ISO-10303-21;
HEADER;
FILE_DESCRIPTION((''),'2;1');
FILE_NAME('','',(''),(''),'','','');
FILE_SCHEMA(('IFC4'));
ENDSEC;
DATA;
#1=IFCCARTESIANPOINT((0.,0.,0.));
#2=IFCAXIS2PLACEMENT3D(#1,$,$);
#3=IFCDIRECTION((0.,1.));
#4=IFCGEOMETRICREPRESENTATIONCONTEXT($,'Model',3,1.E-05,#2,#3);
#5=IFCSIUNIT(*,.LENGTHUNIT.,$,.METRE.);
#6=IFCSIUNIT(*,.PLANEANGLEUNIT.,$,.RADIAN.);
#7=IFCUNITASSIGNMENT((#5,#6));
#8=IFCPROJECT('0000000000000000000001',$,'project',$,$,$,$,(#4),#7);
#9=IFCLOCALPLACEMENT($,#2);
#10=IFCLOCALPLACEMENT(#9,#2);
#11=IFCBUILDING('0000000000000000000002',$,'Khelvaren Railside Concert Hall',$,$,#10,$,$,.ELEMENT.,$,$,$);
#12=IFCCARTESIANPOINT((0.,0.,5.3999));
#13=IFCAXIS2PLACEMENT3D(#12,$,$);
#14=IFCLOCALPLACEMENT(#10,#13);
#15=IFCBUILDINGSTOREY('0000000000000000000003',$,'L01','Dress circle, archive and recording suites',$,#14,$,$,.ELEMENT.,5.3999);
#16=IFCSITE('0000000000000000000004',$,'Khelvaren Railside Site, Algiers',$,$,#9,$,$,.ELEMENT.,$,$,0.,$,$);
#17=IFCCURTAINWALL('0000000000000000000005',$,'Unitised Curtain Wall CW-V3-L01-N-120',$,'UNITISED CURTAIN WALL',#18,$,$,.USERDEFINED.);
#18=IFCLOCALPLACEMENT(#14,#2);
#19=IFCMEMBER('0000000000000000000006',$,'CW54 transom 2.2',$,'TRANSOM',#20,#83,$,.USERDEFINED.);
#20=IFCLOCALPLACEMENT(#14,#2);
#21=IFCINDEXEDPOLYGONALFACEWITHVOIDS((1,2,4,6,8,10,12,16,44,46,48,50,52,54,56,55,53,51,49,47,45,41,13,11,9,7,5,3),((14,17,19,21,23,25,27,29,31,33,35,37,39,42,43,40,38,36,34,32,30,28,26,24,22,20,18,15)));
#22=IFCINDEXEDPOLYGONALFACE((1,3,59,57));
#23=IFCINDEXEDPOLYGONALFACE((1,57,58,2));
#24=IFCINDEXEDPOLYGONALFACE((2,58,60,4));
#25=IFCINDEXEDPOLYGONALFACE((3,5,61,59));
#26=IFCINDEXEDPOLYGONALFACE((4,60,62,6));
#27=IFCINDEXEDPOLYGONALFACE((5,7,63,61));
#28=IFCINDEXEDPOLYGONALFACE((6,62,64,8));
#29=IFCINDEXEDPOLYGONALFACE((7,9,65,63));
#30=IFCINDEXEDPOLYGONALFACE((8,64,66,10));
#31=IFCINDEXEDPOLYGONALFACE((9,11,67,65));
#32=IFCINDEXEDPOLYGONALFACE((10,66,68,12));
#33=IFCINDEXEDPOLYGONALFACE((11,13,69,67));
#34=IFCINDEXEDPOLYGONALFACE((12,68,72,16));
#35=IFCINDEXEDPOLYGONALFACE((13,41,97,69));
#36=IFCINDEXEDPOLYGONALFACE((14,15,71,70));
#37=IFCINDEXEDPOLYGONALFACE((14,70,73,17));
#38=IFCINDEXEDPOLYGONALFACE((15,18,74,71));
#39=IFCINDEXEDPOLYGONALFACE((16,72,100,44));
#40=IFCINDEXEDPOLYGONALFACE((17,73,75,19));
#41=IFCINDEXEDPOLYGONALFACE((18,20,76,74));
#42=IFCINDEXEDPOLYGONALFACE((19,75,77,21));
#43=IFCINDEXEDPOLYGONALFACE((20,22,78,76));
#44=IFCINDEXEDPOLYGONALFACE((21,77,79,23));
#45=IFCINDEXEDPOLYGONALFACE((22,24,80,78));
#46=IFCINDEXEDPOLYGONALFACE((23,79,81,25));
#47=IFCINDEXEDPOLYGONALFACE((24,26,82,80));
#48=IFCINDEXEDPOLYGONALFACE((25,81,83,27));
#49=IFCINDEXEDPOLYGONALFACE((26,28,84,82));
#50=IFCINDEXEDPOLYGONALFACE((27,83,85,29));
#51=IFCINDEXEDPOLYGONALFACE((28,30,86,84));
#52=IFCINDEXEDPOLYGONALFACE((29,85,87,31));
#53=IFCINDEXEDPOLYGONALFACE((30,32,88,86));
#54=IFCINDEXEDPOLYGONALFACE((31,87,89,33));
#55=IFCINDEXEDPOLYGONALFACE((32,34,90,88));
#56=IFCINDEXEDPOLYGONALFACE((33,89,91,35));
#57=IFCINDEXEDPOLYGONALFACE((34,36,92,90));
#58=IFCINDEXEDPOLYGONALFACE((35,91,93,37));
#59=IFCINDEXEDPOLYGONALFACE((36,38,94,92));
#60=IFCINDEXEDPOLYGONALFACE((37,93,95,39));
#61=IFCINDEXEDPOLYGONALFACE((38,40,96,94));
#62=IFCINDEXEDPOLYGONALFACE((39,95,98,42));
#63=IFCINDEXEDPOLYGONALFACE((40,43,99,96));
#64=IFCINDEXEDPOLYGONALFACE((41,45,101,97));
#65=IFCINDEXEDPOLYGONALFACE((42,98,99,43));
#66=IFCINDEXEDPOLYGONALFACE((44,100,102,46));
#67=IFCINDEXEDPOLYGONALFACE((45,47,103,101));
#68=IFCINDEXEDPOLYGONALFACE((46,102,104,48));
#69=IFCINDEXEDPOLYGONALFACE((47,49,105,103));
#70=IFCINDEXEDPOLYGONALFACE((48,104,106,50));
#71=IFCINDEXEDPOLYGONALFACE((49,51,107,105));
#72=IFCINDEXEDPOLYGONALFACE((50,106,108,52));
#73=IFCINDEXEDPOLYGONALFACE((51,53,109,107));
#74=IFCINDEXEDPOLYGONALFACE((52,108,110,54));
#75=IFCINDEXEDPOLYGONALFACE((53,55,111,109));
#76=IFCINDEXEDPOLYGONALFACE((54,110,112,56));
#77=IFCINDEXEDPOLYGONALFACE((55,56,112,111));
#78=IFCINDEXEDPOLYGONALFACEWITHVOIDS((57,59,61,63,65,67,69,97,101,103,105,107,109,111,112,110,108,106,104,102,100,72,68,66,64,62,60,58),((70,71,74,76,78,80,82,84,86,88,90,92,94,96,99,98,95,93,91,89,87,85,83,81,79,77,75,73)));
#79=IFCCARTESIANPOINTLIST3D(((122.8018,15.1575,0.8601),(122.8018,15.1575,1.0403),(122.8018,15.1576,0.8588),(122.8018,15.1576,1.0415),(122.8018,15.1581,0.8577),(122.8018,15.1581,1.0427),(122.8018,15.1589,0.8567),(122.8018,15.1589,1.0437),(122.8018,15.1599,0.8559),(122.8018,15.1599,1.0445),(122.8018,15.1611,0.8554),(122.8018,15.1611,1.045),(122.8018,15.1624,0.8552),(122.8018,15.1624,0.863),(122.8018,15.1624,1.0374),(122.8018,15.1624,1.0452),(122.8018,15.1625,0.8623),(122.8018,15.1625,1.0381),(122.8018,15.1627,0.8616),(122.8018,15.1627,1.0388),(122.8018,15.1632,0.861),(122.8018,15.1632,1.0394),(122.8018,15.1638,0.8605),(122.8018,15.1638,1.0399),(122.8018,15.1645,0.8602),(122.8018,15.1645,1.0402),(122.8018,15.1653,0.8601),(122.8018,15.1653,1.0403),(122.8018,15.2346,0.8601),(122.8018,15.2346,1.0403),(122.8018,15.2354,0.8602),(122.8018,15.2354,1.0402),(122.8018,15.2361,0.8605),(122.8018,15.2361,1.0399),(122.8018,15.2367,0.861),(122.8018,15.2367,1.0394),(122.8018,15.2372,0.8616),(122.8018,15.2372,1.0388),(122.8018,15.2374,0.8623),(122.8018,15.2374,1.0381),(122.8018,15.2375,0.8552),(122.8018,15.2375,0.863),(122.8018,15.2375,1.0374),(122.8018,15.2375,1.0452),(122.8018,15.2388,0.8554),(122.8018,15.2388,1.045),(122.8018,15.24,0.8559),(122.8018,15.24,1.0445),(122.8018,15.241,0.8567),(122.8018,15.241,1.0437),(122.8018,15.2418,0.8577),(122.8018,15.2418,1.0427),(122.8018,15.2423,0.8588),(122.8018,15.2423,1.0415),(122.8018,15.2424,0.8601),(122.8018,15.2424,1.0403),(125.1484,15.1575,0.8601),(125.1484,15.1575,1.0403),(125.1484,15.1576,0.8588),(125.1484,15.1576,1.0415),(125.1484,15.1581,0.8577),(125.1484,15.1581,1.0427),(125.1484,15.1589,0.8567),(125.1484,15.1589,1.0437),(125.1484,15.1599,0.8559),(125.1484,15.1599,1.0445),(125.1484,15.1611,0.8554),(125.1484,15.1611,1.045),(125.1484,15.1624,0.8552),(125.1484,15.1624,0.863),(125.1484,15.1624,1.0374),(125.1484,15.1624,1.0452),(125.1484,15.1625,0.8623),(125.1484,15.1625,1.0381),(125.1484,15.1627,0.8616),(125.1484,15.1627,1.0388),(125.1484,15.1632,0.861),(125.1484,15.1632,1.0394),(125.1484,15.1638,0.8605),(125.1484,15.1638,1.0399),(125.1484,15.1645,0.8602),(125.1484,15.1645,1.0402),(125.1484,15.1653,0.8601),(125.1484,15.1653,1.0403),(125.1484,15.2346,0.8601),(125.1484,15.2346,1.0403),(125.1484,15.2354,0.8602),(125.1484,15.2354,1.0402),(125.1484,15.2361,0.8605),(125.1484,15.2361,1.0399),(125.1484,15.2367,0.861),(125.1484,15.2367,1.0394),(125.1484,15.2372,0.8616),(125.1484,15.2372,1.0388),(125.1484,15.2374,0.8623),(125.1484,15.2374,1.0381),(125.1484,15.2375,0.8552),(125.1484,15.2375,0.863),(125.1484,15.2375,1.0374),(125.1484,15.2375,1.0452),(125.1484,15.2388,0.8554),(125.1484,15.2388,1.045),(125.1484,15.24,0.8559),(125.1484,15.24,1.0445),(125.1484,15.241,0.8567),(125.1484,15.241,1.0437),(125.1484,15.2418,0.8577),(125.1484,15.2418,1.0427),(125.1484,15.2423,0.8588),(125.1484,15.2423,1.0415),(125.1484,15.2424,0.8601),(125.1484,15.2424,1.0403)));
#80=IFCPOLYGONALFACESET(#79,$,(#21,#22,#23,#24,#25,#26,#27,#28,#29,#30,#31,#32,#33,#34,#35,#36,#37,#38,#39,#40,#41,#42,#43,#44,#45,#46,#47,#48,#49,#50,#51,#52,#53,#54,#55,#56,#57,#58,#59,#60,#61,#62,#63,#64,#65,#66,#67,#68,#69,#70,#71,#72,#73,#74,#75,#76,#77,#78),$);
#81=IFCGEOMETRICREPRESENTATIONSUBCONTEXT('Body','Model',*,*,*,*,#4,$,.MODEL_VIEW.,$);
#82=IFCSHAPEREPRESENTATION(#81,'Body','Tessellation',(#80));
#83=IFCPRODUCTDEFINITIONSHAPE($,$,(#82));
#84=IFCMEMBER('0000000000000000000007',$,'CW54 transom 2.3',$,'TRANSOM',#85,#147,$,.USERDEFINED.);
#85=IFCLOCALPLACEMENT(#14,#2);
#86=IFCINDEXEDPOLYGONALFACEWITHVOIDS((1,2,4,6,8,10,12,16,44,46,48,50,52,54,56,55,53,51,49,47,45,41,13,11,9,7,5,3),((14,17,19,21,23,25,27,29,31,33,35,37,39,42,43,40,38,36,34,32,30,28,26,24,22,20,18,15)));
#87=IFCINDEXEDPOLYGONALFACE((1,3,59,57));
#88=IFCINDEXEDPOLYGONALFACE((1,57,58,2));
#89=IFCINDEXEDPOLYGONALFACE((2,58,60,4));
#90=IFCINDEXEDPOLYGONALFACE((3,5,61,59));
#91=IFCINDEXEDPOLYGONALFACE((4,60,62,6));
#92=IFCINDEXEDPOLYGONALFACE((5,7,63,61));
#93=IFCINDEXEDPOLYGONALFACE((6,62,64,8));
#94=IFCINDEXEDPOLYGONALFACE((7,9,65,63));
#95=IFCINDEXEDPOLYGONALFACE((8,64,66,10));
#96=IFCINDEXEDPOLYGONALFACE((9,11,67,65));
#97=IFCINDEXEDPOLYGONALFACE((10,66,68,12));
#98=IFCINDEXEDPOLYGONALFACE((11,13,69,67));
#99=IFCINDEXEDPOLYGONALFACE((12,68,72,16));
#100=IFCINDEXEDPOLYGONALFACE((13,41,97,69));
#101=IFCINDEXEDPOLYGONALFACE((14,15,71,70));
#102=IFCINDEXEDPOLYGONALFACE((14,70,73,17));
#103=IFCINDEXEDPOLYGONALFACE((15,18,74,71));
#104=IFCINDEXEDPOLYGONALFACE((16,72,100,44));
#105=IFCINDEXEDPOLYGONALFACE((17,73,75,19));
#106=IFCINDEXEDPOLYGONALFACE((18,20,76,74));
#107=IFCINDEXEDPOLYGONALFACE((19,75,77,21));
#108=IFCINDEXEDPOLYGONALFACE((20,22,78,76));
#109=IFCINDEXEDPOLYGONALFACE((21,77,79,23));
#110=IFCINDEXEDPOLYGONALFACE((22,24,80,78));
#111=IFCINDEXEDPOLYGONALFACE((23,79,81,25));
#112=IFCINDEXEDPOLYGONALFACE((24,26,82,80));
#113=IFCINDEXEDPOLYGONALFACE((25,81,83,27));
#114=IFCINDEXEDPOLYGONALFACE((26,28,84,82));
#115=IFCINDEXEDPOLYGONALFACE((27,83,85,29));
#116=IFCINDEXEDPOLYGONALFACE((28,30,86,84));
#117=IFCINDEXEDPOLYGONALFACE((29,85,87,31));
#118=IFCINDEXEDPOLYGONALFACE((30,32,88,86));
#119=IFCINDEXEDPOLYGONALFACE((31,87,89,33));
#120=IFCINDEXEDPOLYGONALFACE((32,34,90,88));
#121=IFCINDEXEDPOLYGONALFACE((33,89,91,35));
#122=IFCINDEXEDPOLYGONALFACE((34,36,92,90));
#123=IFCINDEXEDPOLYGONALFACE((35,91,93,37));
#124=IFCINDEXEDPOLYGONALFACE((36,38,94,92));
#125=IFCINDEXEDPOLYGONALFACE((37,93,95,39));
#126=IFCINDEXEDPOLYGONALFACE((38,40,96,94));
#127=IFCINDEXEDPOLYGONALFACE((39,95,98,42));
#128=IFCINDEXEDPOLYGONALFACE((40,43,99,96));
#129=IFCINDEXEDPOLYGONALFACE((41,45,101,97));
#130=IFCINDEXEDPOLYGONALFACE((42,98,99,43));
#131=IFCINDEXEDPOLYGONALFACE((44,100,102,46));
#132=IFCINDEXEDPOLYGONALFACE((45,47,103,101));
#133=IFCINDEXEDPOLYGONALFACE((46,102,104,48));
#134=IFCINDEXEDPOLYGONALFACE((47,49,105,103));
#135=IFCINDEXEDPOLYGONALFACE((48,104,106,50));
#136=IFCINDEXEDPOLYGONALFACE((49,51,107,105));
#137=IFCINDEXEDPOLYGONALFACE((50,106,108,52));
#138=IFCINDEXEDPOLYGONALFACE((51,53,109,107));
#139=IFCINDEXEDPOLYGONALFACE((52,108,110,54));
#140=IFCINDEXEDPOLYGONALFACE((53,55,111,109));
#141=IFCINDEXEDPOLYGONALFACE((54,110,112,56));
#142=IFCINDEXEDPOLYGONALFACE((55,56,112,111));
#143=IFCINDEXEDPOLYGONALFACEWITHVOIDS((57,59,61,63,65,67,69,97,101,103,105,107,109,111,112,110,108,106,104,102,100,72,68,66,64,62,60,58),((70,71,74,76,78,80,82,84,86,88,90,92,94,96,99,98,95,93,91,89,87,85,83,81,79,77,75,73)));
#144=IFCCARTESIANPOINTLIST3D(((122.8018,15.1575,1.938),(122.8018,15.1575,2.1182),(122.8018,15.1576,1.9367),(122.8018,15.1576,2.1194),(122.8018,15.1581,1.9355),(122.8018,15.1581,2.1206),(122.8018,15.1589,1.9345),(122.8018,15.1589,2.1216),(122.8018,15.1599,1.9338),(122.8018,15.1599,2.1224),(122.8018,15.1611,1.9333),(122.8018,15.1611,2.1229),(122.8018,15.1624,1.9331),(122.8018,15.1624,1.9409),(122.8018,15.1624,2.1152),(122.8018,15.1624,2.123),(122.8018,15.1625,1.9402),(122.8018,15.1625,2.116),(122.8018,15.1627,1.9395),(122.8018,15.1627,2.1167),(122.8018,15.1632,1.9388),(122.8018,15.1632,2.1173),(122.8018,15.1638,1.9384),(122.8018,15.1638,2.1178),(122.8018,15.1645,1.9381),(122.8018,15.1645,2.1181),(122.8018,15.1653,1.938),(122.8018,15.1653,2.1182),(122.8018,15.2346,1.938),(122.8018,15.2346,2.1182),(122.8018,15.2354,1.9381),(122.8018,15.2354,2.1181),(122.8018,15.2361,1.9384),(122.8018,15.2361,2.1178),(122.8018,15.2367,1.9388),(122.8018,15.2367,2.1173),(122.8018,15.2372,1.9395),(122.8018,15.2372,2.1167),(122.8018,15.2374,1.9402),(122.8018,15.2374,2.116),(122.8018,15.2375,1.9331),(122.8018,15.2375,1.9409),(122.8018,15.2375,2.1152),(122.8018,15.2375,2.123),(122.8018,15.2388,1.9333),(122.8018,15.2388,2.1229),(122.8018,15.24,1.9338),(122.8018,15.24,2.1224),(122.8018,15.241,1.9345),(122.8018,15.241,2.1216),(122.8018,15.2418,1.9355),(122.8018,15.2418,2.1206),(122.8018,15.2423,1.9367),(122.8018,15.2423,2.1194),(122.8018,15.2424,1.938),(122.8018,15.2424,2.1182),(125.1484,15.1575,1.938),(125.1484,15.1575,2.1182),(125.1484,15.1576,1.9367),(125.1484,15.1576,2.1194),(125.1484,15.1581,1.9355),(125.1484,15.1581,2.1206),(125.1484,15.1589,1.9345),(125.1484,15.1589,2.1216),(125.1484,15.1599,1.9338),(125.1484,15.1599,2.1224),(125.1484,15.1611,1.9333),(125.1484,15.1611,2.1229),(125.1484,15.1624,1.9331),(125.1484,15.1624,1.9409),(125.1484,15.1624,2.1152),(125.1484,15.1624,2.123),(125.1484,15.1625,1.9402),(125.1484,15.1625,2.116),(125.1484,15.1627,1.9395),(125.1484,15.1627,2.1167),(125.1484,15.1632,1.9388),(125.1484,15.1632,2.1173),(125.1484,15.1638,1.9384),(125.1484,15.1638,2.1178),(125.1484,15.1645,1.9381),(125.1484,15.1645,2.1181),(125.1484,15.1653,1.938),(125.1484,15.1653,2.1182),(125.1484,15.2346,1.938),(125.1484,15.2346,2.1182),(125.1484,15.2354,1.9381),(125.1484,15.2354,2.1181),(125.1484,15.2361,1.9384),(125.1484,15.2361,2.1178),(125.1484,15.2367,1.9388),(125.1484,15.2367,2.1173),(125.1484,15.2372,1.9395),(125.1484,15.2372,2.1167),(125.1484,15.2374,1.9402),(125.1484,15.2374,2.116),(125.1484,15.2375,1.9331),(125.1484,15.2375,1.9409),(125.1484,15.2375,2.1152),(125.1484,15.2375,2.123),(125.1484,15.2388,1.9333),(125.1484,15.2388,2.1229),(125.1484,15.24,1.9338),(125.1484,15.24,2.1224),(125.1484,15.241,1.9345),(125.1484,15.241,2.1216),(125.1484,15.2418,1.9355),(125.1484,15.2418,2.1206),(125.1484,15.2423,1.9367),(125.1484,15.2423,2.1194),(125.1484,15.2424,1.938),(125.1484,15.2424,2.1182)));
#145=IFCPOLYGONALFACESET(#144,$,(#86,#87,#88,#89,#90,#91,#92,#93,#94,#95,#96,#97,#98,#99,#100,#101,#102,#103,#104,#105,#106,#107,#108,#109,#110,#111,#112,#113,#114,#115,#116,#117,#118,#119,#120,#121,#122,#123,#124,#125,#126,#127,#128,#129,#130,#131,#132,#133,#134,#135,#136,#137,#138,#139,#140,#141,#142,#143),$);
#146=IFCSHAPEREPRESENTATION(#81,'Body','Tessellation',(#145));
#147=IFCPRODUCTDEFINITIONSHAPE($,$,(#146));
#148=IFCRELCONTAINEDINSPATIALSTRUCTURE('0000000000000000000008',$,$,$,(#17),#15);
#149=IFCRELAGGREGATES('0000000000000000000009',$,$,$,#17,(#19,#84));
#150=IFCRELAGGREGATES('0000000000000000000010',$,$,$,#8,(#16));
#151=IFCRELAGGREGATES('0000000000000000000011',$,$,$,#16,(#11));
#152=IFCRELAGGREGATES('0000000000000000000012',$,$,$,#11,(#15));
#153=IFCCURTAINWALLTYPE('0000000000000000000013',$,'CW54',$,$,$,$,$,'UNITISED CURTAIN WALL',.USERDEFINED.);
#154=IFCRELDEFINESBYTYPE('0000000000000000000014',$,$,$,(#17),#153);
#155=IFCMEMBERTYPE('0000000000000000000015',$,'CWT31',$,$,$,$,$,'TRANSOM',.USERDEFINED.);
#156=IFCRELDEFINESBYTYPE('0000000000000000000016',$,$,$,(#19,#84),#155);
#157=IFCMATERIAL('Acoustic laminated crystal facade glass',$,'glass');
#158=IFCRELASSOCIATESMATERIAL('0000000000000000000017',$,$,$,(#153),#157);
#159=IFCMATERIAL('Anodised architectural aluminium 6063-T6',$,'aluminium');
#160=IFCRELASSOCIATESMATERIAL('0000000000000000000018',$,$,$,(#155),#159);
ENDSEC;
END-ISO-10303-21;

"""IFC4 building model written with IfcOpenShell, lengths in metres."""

from ifc_helpers import new_model, si_unit, direction, frame, origin, origin_2d, place, context, subcontext, project, spatial, hollow_rectangle, extrude, material, material_profile, profile_set, type_object, element, aggregate, save


model = new_model("IFC4")

# Units and contexts
model_context = context("Model", 3, precision=1e-05, world=origin(), true_north=direction((0.0, 1.0)))
body_context = subcontext(model_context, "Body", "Model", "MODEL_VIEW")
ifc_project = project(units=[si_unit("LENGTHUNIT", "METRE"), si_unit("PLANEANGLEUNIT", "RADIAN")], contexts=[model_context])

# Site, building, storey
site_placement = place(None, origin())
site = spatial("IfcSite", under=ifc_project, at=site_placement, Name="Khelvaren Railside Site, Algiers", CompositionType="ELEMENT", RefElevation=0.0)
building_placement = place(site_placement, origin())
building = spatial("IfcBuilding", under=site, at=building_placement, Name="Khelvaren Railside Concert Hall", CompositionType="ELEMENT")
storey_placement = place(building_placement, frame((0.0, 0.0, 5.3999)))
storey = spatial("IfcBuildingStorey", under=building, at=storey_placement, Name="L01", Description="Dress circle, archive and recording suites", CompositionType="ELEMENT", Elevation=5.3999)

# Curtain wall, members
ifc_material_1 = material(Name="Acoustic laminated crystal facade glass", Category="glass")
curtain_wall_type = type_object("IfcCurtainWallType", Name="CW54", ElementType="UNITISED CURTAIN WALL", PredefinedType="USERDEFINED", material=ifc_material_1)
curtain_wall_placement = place(storey_placement, origin())
curtain_wall = element("IfcCurtainWall", 1, at=curtain_wall_placement, inside=storey, type_object=curtain_wall_type, Name="Unitised Curtain Wall CW-V3-L01-N-120", ObjectType="UNITISED CURTAIN WALL", PredefinedType="USERDEFINED")
ifc_material_2 = material(Name="Anodised architectural aluminium 6063-T6", Category="aluminium")
ifc_material_profile_1 = material_profile(ifc_material_2, hollow_rectangle(XDim=0.085, YDim=0.1899, WallThickness=0.0049, InnerFilletRadius=0.0029, OuterFilletRadius=0.0049, at=origin_2d()), Name="CWT 85x190x5")
ifc_profile_set_1 = profile_set([ifc_material_profile_1], Name="Anodised architectural aluminium 6063-T6")
member_type_1 = type_object("IfcMemberType", Name="CWT31", ElementType="TRANSOM", PredefinedType="USERDEFINED", material=ifc_profile_set_1)
member_1_placement = place(storey_placement, frame((122.8018, 15.2, 0.9502), z_axis=(1.0, 0.0, 0.0), x_axis=(0.0, 1.0, 0.0)))
member_1 = element("IfcMember", 2, at=member_1_placement, type_object=member_type_1, Name="CW54 transom 2.2", ObjectType="TRANSOM", PredefinedType="USERDEFINED", context=body_context, shape_type="SweptSolid", body=[
    extrude(hollow_rectangle(XDim=0.085, YDim=0.1899, WallThickness=0.0049, InnerFilletRadius=0.0029, OuterFilletRadius=0.0049, at=origin_2d()), origin(), (0.0, 0.0, 1.0), 2.3467),
])
member_2_placement = place(storey_placement, frame((122.8018, 15.2, 2.0281), z_axis=(1.0, 0.0, 0.0), x_axis=(0.0, 1.0, 0.0)))
member_2 = element("IfcMember", 3, at=member_2_placement, type_object=member_type_1, Name="CW54 transom 2.3", ObjectType="TRANSOM", PredefinedType="USERDEFINED", context=body_context, shape_type="SweptSolid", body=[
    extrude(hollow_rectangle(XDim=0.085, YDim=0.1899, WallThickness=0.0049, InnerFilletRadius=0.0029, OuterFilletRadius=0.0049, at=origin_2d()), origin(), (0.0, 0.0, 1.0), 2.3467),
])

aggregate(curtain_wall, [member_1, member_2])

save(model, "model.ifc")
